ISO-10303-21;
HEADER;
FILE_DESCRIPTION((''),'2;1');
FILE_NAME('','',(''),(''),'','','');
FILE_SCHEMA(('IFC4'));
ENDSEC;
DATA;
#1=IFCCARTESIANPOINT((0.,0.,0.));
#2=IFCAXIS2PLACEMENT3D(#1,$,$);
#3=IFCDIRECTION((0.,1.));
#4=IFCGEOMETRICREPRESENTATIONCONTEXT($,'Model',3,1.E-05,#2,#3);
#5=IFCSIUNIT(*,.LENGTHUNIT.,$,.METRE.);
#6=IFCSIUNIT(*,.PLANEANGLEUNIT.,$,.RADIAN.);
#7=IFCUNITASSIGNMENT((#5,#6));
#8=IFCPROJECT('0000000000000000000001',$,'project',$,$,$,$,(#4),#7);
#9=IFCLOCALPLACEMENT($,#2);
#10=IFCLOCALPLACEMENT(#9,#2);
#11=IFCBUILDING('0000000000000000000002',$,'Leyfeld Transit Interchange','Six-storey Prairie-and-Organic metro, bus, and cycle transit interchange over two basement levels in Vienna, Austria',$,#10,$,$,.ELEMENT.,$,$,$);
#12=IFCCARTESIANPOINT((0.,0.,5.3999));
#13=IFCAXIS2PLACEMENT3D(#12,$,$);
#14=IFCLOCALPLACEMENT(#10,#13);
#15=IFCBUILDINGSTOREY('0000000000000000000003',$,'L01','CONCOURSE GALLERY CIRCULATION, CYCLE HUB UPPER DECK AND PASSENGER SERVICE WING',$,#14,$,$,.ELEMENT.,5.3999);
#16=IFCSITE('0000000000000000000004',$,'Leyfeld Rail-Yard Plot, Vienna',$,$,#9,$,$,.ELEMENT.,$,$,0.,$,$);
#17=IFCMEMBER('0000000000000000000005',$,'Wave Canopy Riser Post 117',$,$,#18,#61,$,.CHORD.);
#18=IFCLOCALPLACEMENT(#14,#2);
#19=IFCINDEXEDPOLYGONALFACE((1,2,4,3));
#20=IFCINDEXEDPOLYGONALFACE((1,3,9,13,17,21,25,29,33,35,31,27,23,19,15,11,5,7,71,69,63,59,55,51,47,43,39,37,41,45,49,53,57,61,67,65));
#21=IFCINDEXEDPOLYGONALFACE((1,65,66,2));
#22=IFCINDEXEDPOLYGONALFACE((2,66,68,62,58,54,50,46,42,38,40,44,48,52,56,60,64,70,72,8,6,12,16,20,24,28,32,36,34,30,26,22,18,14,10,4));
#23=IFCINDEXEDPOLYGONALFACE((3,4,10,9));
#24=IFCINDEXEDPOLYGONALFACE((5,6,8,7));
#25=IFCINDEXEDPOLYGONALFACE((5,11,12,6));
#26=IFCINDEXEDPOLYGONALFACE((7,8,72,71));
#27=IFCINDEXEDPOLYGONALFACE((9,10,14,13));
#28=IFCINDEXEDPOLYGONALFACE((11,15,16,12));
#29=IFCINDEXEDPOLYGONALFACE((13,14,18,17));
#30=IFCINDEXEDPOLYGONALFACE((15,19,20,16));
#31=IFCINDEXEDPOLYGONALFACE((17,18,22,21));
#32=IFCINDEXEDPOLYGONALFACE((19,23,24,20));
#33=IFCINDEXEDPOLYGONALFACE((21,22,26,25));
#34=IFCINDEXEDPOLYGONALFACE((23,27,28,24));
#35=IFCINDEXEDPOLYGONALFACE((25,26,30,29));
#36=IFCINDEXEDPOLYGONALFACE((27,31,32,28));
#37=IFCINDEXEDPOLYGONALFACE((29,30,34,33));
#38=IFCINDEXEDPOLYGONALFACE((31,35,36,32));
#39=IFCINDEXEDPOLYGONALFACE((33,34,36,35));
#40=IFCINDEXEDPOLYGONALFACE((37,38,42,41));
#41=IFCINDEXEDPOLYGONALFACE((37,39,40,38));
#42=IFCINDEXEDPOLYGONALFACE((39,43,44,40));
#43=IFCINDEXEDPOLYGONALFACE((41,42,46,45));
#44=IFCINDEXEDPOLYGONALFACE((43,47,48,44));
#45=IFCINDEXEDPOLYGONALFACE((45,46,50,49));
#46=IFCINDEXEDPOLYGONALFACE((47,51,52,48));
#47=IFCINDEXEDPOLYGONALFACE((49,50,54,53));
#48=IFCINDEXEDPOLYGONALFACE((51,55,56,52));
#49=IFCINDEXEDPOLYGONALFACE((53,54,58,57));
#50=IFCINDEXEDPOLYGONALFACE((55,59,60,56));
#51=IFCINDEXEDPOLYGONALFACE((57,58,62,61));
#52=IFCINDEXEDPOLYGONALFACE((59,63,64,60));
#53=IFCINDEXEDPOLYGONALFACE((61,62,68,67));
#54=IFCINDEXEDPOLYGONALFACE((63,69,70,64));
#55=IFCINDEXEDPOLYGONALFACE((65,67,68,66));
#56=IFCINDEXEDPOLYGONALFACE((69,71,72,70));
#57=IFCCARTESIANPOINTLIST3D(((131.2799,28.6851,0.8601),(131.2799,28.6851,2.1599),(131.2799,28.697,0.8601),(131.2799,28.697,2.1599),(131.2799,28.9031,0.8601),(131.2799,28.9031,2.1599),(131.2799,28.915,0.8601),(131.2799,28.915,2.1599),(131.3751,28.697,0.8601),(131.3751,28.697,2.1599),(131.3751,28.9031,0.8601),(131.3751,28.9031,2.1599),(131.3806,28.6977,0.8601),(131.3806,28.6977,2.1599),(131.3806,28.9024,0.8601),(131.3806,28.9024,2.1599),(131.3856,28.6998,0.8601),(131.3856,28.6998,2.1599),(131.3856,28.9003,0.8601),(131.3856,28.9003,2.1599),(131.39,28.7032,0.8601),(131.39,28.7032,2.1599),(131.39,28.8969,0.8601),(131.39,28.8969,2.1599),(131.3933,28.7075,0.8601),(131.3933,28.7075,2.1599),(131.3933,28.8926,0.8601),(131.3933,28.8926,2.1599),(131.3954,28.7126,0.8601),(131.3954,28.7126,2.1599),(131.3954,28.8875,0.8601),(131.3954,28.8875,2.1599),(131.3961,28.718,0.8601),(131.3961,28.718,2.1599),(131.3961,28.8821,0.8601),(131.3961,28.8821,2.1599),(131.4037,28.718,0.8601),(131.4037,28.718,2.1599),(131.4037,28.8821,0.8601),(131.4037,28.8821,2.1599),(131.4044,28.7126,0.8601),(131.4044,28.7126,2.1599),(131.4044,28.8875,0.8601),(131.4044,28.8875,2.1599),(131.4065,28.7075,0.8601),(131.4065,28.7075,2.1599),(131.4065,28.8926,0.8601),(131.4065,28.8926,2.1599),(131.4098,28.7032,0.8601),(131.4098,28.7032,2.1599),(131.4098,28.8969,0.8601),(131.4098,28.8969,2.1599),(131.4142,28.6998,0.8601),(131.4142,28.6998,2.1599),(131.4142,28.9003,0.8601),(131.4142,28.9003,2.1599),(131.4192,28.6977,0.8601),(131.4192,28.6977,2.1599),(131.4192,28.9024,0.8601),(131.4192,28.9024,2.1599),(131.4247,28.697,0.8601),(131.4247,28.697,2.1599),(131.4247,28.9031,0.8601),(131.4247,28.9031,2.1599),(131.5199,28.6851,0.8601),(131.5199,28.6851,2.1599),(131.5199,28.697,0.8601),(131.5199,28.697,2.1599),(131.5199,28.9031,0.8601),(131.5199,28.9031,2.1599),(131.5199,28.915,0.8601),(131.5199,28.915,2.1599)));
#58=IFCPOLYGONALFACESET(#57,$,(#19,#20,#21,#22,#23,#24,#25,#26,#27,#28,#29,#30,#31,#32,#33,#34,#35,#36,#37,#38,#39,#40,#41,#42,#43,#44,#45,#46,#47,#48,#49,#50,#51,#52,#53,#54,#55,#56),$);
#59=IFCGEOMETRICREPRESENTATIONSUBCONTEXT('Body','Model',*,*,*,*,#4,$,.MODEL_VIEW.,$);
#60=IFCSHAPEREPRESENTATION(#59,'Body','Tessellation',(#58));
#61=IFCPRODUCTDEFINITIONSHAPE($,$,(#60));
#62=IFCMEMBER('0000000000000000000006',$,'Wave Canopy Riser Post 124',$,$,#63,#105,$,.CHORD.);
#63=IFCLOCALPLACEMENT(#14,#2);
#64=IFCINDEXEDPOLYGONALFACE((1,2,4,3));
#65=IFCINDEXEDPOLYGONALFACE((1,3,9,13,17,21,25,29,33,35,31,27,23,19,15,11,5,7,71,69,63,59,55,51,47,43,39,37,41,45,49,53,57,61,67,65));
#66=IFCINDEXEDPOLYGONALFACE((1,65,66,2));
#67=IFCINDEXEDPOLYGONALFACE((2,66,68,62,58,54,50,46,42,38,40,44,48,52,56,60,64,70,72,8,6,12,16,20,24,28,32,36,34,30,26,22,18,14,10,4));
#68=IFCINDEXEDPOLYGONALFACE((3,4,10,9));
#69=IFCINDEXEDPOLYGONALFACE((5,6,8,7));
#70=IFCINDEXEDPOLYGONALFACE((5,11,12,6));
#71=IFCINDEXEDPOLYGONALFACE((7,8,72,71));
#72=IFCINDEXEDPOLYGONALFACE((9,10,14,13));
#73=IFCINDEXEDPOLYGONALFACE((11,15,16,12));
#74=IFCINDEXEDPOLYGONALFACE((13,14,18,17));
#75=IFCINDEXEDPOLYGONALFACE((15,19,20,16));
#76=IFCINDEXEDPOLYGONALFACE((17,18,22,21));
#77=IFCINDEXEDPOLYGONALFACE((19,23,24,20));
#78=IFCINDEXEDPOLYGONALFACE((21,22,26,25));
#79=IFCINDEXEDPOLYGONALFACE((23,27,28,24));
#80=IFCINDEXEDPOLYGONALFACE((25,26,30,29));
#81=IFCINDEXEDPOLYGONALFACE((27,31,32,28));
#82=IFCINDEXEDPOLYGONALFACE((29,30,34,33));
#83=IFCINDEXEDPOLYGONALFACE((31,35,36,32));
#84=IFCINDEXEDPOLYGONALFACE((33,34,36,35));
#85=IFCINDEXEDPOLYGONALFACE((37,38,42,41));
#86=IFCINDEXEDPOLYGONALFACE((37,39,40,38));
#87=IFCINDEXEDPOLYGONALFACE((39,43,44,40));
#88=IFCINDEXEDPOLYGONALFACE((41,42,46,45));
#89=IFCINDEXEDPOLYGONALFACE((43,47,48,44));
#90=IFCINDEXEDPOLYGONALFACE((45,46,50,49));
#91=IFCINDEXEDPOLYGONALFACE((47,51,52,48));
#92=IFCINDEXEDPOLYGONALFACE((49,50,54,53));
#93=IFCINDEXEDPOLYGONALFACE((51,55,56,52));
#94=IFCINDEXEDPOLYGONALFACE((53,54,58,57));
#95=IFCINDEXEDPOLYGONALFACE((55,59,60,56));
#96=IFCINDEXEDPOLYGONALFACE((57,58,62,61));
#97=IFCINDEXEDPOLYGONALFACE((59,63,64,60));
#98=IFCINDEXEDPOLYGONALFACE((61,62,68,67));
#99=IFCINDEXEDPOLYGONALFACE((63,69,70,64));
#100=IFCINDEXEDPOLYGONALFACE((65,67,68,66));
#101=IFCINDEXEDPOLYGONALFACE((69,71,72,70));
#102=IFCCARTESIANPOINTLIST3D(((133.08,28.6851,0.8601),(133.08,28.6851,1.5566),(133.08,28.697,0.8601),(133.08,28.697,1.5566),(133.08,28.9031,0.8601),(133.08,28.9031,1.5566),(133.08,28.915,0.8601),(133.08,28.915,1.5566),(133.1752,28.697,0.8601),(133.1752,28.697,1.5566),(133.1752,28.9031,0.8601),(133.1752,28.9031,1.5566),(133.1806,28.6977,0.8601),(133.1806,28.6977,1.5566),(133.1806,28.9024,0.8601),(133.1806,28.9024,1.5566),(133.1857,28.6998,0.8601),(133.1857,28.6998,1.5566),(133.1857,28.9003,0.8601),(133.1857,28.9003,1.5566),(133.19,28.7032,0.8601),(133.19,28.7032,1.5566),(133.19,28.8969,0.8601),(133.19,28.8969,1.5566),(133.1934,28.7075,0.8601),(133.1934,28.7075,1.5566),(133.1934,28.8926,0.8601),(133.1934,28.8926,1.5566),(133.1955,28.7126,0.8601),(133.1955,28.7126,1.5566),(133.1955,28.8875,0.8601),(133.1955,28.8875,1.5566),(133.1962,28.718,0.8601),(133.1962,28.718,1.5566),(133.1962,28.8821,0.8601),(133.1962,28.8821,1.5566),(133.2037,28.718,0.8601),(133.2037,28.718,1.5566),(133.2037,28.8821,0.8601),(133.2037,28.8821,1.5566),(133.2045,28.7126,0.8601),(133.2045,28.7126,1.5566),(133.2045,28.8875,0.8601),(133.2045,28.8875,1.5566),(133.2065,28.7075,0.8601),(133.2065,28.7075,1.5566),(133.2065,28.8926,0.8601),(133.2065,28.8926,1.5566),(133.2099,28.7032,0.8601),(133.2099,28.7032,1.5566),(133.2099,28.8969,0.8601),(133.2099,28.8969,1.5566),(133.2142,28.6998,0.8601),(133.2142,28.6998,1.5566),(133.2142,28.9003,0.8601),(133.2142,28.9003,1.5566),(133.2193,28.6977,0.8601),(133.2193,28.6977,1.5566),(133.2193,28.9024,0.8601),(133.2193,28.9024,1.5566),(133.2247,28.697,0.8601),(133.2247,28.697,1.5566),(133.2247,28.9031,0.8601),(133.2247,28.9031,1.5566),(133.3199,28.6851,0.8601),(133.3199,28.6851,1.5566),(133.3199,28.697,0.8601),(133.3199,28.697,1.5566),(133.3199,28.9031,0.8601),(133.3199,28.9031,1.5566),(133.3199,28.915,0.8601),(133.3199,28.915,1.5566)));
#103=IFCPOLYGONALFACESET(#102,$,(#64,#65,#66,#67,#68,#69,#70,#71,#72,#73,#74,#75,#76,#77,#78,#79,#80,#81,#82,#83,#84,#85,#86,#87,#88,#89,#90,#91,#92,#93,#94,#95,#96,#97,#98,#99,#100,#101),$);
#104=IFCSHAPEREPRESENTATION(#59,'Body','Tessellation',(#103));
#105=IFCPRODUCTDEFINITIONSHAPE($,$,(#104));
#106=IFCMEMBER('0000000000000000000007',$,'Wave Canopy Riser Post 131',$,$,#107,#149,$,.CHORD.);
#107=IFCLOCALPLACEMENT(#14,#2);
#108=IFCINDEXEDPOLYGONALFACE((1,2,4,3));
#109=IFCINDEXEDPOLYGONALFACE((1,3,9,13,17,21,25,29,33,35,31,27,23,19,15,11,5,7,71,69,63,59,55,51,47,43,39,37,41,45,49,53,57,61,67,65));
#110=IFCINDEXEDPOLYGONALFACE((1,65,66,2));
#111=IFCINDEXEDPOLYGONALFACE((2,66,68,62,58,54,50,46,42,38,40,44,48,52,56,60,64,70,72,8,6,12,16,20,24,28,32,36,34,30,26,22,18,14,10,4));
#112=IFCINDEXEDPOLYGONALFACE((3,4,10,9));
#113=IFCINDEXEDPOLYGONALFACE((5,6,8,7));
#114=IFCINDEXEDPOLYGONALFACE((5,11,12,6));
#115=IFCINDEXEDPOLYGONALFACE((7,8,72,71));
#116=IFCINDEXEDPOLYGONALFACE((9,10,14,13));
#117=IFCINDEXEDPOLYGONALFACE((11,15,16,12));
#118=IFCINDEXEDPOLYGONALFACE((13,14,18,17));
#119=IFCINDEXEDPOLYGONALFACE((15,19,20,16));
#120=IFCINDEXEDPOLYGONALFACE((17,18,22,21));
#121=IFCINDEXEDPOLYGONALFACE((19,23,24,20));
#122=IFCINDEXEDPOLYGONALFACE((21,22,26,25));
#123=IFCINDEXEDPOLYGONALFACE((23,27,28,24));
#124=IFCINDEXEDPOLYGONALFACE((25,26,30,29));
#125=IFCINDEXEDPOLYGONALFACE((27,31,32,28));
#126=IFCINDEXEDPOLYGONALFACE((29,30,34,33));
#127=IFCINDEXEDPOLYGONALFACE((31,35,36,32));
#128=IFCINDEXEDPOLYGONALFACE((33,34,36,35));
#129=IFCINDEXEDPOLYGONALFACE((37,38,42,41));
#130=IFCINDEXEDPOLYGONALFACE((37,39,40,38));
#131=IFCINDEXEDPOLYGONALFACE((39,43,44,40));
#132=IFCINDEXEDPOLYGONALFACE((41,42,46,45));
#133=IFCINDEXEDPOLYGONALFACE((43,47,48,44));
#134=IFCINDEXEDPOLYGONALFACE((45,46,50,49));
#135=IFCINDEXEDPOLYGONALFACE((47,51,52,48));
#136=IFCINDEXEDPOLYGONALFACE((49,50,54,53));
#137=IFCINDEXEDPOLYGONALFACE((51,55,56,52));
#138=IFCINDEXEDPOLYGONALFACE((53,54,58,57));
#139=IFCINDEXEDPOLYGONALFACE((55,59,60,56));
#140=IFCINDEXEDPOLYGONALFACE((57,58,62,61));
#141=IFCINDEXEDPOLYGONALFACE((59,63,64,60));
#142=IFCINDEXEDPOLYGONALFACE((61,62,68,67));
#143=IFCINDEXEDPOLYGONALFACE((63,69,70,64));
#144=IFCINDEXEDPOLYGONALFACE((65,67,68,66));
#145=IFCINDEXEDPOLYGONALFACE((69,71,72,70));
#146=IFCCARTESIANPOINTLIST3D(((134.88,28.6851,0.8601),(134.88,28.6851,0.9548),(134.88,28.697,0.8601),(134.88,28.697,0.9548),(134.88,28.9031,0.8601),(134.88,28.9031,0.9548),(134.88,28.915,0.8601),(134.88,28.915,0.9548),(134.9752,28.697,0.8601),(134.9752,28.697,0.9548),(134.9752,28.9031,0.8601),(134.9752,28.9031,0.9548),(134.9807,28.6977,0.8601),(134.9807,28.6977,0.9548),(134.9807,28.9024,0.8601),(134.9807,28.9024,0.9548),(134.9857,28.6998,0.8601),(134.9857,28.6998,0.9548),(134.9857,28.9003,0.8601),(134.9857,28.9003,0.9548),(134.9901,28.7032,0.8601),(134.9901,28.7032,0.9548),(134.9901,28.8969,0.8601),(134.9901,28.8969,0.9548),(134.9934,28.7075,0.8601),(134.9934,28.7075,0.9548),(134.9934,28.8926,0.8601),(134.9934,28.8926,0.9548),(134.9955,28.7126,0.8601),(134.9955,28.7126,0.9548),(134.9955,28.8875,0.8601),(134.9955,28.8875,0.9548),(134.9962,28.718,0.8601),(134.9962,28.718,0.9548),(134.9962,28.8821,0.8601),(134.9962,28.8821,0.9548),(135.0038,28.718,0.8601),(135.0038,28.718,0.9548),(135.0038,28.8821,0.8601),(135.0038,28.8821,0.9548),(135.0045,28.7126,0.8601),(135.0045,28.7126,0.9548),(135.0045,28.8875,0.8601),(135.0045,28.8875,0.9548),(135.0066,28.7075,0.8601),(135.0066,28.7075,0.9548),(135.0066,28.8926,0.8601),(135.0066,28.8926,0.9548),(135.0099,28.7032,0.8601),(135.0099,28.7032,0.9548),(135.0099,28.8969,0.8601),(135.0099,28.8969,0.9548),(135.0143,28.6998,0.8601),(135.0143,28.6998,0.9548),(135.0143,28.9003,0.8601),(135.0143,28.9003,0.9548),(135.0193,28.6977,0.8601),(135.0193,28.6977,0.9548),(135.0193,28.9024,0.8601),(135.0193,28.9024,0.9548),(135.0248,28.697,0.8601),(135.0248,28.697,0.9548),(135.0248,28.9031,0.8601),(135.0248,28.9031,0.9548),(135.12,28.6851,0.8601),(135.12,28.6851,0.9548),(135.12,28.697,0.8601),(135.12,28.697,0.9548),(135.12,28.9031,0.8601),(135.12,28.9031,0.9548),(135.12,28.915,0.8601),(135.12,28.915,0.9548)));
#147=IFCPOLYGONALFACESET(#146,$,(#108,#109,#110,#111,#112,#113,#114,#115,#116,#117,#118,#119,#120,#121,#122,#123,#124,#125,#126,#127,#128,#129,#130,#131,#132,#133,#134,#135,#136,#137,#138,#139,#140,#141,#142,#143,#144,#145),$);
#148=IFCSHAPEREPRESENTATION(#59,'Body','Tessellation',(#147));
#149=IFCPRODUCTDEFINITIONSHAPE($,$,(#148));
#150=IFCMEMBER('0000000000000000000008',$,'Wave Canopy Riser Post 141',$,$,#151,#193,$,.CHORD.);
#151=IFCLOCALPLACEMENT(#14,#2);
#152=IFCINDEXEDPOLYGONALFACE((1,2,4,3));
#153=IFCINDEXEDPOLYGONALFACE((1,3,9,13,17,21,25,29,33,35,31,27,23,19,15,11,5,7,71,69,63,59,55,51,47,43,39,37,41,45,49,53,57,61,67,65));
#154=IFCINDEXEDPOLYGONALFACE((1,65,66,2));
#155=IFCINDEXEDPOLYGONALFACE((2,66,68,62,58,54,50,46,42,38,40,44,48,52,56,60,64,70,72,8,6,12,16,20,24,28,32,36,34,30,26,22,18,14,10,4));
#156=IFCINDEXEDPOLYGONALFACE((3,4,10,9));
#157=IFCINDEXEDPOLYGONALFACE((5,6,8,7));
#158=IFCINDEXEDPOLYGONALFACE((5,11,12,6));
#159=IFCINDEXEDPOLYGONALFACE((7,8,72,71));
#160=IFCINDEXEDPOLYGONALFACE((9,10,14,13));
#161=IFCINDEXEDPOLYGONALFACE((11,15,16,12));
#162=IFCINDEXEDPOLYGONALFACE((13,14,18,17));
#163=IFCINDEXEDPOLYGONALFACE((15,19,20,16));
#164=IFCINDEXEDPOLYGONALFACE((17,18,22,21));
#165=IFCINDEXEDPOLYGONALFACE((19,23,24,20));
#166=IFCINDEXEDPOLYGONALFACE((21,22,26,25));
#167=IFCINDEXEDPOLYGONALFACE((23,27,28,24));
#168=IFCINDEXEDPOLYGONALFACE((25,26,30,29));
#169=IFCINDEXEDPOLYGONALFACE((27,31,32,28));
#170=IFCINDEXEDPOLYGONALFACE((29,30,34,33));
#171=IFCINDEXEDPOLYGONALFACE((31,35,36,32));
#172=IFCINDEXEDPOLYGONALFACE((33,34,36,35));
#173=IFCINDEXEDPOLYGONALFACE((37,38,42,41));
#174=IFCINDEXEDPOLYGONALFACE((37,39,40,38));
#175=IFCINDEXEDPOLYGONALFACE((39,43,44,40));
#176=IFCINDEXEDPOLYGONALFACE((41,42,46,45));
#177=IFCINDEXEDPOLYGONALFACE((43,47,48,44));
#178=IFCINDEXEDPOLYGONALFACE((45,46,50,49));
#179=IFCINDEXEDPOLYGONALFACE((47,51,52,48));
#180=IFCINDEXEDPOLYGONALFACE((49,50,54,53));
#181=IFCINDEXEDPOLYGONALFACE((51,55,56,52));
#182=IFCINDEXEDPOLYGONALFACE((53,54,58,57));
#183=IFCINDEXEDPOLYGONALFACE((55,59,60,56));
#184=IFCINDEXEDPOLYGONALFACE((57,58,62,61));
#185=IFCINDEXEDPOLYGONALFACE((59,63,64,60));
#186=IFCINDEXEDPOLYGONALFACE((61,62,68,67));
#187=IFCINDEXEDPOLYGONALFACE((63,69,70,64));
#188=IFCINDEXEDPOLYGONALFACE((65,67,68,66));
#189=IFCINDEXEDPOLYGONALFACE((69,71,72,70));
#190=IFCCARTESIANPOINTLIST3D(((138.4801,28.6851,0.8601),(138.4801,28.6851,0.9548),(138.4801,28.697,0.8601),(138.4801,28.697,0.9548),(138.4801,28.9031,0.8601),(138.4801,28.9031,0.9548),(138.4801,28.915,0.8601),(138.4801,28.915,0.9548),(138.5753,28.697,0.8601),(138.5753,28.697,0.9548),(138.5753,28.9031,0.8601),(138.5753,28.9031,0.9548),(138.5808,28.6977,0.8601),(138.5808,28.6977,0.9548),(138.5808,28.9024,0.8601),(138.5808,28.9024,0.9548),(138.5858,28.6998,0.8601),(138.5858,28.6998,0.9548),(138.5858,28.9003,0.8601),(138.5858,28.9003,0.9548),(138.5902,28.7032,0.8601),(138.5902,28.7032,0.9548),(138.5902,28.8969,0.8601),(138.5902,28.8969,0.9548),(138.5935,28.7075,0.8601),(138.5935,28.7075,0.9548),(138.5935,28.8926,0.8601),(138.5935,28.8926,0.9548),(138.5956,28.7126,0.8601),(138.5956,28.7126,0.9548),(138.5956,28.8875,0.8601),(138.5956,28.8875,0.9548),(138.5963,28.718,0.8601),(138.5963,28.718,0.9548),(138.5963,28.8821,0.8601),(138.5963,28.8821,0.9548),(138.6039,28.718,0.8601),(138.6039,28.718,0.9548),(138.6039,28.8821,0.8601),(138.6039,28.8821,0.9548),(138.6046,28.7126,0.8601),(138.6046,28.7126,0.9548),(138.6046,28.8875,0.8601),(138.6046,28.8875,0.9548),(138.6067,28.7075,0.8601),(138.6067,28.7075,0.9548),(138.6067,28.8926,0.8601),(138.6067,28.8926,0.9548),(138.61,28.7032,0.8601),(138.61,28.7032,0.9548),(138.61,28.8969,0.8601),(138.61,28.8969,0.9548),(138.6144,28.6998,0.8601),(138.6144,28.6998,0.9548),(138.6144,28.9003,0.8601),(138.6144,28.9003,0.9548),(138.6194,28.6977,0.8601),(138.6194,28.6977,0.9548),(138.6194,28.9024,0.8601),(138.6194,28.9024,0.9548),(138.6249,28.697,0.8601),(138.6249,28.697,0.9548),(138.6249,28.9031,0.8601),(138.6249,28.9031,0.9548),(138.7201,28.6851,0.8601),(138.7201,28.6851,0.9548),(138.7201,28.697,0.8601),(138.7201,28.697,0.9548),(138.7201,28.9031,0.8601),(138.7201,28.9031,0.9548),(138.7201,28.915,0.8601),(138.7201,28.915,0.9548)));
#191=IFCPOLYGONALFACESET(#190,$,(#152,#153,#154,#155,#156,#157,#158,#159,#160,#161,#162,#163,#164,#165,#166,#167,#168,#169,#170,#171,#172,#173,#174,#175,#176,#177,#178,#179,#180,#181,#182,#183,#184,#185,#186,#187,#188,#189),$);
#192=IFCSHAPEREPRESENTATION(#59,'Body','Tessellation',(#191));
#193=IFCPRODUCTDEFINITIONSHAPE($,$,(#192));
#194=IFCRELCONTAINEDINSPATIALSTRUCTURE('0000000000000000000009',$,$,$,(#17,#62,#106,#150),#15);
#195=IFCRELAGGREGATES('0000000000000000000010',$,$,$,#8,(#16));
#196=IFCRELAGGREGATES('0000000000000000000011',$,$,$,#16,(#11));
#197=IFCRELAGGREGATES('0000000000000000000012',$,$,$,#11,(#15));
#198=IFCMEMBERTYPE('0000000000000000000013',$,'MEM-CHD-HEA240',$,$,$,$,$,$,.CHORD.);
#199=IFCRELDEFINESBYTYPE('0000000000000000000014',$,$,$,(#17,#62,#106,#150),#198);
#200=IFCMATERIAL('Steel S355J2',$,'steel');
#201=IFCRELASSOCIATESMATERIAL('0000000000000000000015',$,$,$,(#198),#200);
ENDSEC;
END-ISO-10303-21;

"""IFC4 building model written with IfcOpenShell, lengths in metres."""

from ifc_helpers import new_model, si_unit, direction, frame, origin, origin_2d, place, context, subcontext, project, spatial, i_section, extrude, material, material_profile, profile_set, type_object, element, save


model = new_model("IFC4")

# Units and contexts
model_context = context("Model", 3, precision=1e-05, world=origin(), true_north=direction((0.0, 1.0)))
body_context = subcontext(model_context, "Body", "Model", "MODEL_VIEW")
ifc_project = project(units=[si_unit("LENGTHUNIT", "METRE"), si_unit("PLANEANGLEUNIT", "RADIAN")], contexts=[model_context])

# Site, building, storey
site_placement = place(None, origin())
site = spatial("IfcSite", under=ifc_project, at=site_placement, Name="Leyfeld Rail-Yard Plot, Vienna", CompositionType="ELEMENT", RefElevation=0.0)
building_placement = place(site_placement, origin())
building = spatial("IfcBuilding", under=site, at=building_placement, Name="Leyfeld Transit Interchange", Description="Six-storey Prairie-and-Organic metro, bus, and cycle transit interchange over two basement levels in Vienna, Austria", CompositionType="ELEMENT")
storey_placement = place(building_placement, frame((0.0, 0.0, 5.3999)))
storey = spatial("IfcBuildingStorey", under=building, at=storey_placement, Name="L01", Description="CONCOURSE GALLERY CIRCULATION, CYCLE HUB UPPER DECK AND PASSENGER SERVICE WING", CompositionType="ELEMENT", Elevation=5.3999)

# Members
ifc_material_1 = material(Name="Steel S355J2", Category="steel")
ifc_material_profile_1 = material_profile(ifc_material_1, i_section(OverallWidth=0.24, OverallDepth=0.23, WebThickness=0.0076, FlangeThickness=0.012, FilletRadius=0.021, at=origin_2d()), Name="HEA 240")
ifc_profile_set_1 = profile_set([ifc_material_profile_1], Name="Steel S355J2")
member_type_1 = type_object("IfcMemberType", Name="MEM-CHD-HEA240", PredefinedType="CHORD", material=ifc_profile_set_1)
member_1_placement = place(storey_placement, frame((131.3999, 28.8, 0.8601), z_axis=(0.0, 0.0, 1.0), x_axis=(1.0, 0.0, 0.0)))
element("IfcMember", 1, at=member_1_placement, inside=storey, type_object=member_type_1, Name="Wave Canopy Riser Post 117", PredefinedType="CHORD", context=body_context, shape_type="SweptSolid", body=[
    extrude(i_section(OverallWidth=0.24, OverallDepth=0.23, WebThickness=0.0076, FlangeThickness=0.012, FilletRadius=0.021, at=origin_2d()), origin(), (0.0, 0.0, 1.0), 1.2998),
])
member_2_placement = place(storey_placement, frame((133.2, 28.8, 0.8601), z_axis=(0.0, 0.0, 1.0), x_axis=(1.0, 0.0, 0.0)))
element("IfcMember", 2, at=member_2_placement, inside=storey, type_object=member_type_1, Name="Wave Canopy Riser Post 124", PredefinedType="CHORD", context=body_context, shape_type="SweptSolid", body=[
    extrude(i_section(OverallWidth=0.24, OverallDepth=0.23, WebThickness=0.0076, FlangeThickness=0.012, FilletRadius=0.021, at=origin_2d()), origin(), (0.0, 0.0, 1.0), 0.6965),
])
for number, where, z_axis, x_axis, name in (
    (3, (135.0, 28.8, 0.8601), (0.0, 0.0, 1.0), (1.0, 0.0, 0.0), "Wave Canopy Riser Post 131"),
    (4, (138.6001, 28.8, 0.8601), (0.0, 0.0, 1.0), (1.0, 0.0, 0.0), "Wave Canopy Riser Post 141"),
):
    element("IfcMember", number, at=place(storey_placement, frame(where, z_axis=z_axis, x_axis=x_axis)), inside=storey, type_object=member_type_1, Name=name, PredefinedType="CHORD", context=body_context, shape_type="SweptSolid", body=[
        extrude(i_section(OverallWidth=0.24, OverallDepth=0.23, WebThickness=0.0076, FlangeThickness=0.012, FilletRadius=0.021, at=origin_2d()), origin(), (0.0, 0.0, 1.0), 0.0947),
    ])

save(model, "model.ifc")
